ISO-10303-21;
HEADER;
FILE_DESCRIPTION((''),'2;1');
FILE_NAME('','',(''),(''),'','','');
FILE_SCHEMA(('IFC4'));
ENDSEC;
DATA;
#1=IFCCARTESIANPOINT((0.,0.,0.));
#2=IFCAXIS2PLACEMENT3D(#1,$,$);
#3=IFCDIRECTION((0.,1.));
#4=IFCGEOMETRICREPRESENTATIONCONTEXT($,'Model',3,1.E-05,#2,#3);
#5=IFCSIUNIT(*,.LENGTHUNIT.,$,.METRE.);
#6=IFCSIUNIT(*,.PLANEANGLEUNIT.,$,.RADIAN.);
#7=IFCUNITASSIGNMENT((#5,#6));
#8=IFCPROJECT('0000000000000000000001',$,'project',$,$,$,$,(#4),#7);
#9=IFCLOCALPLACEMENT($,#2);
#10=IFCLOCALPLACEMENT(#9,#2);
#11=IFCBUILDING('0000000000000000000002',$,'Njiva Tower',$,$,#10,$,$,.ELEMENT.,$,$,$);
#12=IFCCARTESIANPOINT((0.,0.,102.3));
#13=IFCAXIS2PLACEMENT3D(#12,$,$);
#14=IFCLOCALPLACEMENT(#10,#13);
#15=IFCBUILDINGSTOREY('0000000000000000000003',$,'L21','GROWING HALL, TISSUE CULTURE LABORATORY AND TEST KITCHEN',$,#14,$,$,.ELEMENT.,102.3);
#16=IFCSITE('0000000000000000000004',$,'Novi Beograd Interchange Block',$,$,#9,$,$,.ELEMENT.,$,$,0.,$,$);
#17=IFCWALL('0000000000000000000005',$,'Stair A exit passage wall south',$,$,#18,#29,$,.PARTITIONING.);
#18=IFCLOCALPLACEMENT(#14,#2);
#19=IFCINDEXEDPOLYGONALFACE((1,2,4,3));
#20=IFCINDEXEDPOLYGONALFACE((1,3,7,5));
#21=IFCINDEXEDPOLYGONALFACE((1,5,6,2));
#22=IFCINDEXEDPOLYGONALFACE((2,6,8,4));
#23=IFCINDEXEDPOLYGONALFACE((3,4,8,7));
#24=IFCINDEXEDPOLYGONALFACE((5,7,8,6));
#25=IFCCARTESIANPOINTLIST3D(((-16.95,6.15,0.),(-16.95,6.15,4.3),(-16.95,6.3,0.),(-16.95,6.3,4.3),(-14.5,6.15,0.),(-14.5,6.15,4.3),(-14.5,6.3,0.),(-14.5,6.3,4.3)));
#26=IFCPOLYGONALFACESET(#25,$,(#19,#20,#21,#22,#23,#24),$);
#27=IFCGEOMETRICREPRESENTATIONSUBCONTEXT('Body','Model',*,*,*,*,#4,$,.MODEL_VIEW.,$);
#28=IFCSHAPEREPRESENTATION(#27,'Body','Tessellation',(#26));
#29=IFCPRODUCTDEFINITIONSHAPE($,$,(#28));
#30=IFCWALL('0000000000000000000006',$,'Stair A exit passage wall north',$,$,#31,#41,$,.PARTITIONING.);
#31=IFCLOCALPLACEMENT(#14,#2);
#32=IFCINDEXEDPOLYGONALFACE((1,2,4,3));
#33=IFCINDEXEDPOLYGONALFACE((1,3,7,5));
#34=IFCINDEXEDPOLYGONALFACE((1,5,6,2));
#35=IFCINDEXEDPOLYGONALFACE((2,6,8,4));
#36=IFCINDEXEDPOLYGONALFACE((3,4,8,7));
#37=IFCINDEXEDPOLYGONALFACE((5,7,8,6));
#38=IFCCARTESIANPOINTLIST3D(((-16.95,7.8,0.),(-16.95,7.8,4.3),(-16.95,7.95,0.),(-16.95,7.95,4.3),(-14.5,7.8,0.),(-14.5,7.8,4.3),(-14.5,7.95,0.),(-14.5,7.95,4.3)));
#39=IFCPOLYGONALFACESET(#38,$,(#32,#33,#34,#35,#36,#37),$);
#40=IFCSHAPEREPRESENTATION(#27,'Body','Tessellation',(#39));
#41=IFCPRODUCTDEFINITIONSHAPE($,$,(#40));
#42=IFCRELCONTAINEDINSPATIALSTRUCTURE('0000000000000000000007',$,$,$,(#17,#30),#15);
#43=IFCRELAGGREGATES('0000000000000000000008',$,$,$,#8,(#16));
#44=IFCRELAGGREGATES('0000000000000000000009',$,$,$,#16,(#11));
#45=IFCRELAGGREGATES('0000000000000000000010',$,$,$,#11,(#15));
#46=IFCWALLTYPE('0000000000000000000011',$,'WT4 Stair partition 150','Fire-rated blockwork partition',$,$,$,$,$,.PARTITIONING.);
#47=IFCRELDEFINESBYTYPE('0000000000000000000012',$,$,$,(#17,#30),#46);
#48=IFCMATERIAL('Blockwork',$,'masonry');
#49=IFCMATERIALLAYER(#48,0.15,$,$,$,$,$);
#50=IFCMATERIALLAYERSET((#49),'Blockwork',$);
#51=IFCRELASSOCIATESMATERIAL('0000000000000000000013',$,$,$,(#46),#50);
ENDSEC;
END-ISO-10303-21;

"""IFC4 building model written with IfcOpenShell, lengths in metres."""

from ifc_helpers import new_model, si_unit, direction, frame, frame_2d, origin, place, context, subcontext, project, spatial, rectangle, extrude, material, layer, layer_set, type_object, element, save


model = new_model("IFC4")

# Units and contexts
model_context = context("Model", 3, precision=1e-05, world=origin(), true_north=direction((0.0, 1.0)))
body_context = subcontext(model_context, "Body", "Model", "MODEL_VIEW")
ifc_project = project(units=[si_unit("LENGTHUNIT", "METRE"), si_unit("PLANEANGLEUNIT", "RADIAN")], contexts=[model_context])

# Site, building, storey
site_placement = place(None, origin())
site = spatial("IfcSite", under=ifc_project, at=site_placement, Name="Novi Beograd Interchange Block", CompositionType="ELEMENT", RefElevation=0.0)
building_placement = place(site_placement, origin())
building = spatial("IfcBuilding", under=site, at=building_placement, Name="Njiva Tower", CompositionType="ELEMENT")
storey_placement = place(building_placement, frame((0.0, 0.0, 102.3)))
storey = spatial("IfcBuildingStorey", under=building, at=storey_placement, Name="L21", Description="GROWING HALL, TISSUE CULTURE LABORATORY AND TEST KITCHEN", CompositionType="ELEMENT", Elevation=102.3)

# Walls
ifc_material_1 = material(Name="Blockwork", Category="masonry")
ifc_layer_1 = layer(ifc_material_1, 0.15)
ifc_layer_set_1 = layer_set([ifc_layer_1], Name="Blockwork")
wall_type_1 = type_object("IfcWallType", Name="WT4 Stair partition 150", Description="Fire-rated blockwork partition", PredefinedType="PARTITIONING", material=ifc_layer_set_1)
for number, where, z_axis, x_axis, name in (
    (1, (-16.95, 6.225, 0.0), (0.0, 0.0, 1.0), (1.0, 0.0, 0.0), "Stair A exit passage wall south"),
    (2, (-16.95, 7.875, 0.0), (0.0, 0.0, 1.0), (1.0, 0.0, 0.0), "Stair A exit passage wall north"),
):
    element("IfcWall", number, at=place(storey_placement, frame(where, z_axis=z_axis, x_axis=x_axis)), inside=storey, type_object=wall_type_1, Name=name, PredefinedType="PARTITIONING", context=body_context, shape_type="SweptSolid", body=[
        extrude(rectangle(XDim=2.45, YDim=0.15, at=frame_2d((1.225, 0.0))), origin(), (0.0, 0.0, 1.0), 4.3),
    ])

save(model, "model.ifc")
